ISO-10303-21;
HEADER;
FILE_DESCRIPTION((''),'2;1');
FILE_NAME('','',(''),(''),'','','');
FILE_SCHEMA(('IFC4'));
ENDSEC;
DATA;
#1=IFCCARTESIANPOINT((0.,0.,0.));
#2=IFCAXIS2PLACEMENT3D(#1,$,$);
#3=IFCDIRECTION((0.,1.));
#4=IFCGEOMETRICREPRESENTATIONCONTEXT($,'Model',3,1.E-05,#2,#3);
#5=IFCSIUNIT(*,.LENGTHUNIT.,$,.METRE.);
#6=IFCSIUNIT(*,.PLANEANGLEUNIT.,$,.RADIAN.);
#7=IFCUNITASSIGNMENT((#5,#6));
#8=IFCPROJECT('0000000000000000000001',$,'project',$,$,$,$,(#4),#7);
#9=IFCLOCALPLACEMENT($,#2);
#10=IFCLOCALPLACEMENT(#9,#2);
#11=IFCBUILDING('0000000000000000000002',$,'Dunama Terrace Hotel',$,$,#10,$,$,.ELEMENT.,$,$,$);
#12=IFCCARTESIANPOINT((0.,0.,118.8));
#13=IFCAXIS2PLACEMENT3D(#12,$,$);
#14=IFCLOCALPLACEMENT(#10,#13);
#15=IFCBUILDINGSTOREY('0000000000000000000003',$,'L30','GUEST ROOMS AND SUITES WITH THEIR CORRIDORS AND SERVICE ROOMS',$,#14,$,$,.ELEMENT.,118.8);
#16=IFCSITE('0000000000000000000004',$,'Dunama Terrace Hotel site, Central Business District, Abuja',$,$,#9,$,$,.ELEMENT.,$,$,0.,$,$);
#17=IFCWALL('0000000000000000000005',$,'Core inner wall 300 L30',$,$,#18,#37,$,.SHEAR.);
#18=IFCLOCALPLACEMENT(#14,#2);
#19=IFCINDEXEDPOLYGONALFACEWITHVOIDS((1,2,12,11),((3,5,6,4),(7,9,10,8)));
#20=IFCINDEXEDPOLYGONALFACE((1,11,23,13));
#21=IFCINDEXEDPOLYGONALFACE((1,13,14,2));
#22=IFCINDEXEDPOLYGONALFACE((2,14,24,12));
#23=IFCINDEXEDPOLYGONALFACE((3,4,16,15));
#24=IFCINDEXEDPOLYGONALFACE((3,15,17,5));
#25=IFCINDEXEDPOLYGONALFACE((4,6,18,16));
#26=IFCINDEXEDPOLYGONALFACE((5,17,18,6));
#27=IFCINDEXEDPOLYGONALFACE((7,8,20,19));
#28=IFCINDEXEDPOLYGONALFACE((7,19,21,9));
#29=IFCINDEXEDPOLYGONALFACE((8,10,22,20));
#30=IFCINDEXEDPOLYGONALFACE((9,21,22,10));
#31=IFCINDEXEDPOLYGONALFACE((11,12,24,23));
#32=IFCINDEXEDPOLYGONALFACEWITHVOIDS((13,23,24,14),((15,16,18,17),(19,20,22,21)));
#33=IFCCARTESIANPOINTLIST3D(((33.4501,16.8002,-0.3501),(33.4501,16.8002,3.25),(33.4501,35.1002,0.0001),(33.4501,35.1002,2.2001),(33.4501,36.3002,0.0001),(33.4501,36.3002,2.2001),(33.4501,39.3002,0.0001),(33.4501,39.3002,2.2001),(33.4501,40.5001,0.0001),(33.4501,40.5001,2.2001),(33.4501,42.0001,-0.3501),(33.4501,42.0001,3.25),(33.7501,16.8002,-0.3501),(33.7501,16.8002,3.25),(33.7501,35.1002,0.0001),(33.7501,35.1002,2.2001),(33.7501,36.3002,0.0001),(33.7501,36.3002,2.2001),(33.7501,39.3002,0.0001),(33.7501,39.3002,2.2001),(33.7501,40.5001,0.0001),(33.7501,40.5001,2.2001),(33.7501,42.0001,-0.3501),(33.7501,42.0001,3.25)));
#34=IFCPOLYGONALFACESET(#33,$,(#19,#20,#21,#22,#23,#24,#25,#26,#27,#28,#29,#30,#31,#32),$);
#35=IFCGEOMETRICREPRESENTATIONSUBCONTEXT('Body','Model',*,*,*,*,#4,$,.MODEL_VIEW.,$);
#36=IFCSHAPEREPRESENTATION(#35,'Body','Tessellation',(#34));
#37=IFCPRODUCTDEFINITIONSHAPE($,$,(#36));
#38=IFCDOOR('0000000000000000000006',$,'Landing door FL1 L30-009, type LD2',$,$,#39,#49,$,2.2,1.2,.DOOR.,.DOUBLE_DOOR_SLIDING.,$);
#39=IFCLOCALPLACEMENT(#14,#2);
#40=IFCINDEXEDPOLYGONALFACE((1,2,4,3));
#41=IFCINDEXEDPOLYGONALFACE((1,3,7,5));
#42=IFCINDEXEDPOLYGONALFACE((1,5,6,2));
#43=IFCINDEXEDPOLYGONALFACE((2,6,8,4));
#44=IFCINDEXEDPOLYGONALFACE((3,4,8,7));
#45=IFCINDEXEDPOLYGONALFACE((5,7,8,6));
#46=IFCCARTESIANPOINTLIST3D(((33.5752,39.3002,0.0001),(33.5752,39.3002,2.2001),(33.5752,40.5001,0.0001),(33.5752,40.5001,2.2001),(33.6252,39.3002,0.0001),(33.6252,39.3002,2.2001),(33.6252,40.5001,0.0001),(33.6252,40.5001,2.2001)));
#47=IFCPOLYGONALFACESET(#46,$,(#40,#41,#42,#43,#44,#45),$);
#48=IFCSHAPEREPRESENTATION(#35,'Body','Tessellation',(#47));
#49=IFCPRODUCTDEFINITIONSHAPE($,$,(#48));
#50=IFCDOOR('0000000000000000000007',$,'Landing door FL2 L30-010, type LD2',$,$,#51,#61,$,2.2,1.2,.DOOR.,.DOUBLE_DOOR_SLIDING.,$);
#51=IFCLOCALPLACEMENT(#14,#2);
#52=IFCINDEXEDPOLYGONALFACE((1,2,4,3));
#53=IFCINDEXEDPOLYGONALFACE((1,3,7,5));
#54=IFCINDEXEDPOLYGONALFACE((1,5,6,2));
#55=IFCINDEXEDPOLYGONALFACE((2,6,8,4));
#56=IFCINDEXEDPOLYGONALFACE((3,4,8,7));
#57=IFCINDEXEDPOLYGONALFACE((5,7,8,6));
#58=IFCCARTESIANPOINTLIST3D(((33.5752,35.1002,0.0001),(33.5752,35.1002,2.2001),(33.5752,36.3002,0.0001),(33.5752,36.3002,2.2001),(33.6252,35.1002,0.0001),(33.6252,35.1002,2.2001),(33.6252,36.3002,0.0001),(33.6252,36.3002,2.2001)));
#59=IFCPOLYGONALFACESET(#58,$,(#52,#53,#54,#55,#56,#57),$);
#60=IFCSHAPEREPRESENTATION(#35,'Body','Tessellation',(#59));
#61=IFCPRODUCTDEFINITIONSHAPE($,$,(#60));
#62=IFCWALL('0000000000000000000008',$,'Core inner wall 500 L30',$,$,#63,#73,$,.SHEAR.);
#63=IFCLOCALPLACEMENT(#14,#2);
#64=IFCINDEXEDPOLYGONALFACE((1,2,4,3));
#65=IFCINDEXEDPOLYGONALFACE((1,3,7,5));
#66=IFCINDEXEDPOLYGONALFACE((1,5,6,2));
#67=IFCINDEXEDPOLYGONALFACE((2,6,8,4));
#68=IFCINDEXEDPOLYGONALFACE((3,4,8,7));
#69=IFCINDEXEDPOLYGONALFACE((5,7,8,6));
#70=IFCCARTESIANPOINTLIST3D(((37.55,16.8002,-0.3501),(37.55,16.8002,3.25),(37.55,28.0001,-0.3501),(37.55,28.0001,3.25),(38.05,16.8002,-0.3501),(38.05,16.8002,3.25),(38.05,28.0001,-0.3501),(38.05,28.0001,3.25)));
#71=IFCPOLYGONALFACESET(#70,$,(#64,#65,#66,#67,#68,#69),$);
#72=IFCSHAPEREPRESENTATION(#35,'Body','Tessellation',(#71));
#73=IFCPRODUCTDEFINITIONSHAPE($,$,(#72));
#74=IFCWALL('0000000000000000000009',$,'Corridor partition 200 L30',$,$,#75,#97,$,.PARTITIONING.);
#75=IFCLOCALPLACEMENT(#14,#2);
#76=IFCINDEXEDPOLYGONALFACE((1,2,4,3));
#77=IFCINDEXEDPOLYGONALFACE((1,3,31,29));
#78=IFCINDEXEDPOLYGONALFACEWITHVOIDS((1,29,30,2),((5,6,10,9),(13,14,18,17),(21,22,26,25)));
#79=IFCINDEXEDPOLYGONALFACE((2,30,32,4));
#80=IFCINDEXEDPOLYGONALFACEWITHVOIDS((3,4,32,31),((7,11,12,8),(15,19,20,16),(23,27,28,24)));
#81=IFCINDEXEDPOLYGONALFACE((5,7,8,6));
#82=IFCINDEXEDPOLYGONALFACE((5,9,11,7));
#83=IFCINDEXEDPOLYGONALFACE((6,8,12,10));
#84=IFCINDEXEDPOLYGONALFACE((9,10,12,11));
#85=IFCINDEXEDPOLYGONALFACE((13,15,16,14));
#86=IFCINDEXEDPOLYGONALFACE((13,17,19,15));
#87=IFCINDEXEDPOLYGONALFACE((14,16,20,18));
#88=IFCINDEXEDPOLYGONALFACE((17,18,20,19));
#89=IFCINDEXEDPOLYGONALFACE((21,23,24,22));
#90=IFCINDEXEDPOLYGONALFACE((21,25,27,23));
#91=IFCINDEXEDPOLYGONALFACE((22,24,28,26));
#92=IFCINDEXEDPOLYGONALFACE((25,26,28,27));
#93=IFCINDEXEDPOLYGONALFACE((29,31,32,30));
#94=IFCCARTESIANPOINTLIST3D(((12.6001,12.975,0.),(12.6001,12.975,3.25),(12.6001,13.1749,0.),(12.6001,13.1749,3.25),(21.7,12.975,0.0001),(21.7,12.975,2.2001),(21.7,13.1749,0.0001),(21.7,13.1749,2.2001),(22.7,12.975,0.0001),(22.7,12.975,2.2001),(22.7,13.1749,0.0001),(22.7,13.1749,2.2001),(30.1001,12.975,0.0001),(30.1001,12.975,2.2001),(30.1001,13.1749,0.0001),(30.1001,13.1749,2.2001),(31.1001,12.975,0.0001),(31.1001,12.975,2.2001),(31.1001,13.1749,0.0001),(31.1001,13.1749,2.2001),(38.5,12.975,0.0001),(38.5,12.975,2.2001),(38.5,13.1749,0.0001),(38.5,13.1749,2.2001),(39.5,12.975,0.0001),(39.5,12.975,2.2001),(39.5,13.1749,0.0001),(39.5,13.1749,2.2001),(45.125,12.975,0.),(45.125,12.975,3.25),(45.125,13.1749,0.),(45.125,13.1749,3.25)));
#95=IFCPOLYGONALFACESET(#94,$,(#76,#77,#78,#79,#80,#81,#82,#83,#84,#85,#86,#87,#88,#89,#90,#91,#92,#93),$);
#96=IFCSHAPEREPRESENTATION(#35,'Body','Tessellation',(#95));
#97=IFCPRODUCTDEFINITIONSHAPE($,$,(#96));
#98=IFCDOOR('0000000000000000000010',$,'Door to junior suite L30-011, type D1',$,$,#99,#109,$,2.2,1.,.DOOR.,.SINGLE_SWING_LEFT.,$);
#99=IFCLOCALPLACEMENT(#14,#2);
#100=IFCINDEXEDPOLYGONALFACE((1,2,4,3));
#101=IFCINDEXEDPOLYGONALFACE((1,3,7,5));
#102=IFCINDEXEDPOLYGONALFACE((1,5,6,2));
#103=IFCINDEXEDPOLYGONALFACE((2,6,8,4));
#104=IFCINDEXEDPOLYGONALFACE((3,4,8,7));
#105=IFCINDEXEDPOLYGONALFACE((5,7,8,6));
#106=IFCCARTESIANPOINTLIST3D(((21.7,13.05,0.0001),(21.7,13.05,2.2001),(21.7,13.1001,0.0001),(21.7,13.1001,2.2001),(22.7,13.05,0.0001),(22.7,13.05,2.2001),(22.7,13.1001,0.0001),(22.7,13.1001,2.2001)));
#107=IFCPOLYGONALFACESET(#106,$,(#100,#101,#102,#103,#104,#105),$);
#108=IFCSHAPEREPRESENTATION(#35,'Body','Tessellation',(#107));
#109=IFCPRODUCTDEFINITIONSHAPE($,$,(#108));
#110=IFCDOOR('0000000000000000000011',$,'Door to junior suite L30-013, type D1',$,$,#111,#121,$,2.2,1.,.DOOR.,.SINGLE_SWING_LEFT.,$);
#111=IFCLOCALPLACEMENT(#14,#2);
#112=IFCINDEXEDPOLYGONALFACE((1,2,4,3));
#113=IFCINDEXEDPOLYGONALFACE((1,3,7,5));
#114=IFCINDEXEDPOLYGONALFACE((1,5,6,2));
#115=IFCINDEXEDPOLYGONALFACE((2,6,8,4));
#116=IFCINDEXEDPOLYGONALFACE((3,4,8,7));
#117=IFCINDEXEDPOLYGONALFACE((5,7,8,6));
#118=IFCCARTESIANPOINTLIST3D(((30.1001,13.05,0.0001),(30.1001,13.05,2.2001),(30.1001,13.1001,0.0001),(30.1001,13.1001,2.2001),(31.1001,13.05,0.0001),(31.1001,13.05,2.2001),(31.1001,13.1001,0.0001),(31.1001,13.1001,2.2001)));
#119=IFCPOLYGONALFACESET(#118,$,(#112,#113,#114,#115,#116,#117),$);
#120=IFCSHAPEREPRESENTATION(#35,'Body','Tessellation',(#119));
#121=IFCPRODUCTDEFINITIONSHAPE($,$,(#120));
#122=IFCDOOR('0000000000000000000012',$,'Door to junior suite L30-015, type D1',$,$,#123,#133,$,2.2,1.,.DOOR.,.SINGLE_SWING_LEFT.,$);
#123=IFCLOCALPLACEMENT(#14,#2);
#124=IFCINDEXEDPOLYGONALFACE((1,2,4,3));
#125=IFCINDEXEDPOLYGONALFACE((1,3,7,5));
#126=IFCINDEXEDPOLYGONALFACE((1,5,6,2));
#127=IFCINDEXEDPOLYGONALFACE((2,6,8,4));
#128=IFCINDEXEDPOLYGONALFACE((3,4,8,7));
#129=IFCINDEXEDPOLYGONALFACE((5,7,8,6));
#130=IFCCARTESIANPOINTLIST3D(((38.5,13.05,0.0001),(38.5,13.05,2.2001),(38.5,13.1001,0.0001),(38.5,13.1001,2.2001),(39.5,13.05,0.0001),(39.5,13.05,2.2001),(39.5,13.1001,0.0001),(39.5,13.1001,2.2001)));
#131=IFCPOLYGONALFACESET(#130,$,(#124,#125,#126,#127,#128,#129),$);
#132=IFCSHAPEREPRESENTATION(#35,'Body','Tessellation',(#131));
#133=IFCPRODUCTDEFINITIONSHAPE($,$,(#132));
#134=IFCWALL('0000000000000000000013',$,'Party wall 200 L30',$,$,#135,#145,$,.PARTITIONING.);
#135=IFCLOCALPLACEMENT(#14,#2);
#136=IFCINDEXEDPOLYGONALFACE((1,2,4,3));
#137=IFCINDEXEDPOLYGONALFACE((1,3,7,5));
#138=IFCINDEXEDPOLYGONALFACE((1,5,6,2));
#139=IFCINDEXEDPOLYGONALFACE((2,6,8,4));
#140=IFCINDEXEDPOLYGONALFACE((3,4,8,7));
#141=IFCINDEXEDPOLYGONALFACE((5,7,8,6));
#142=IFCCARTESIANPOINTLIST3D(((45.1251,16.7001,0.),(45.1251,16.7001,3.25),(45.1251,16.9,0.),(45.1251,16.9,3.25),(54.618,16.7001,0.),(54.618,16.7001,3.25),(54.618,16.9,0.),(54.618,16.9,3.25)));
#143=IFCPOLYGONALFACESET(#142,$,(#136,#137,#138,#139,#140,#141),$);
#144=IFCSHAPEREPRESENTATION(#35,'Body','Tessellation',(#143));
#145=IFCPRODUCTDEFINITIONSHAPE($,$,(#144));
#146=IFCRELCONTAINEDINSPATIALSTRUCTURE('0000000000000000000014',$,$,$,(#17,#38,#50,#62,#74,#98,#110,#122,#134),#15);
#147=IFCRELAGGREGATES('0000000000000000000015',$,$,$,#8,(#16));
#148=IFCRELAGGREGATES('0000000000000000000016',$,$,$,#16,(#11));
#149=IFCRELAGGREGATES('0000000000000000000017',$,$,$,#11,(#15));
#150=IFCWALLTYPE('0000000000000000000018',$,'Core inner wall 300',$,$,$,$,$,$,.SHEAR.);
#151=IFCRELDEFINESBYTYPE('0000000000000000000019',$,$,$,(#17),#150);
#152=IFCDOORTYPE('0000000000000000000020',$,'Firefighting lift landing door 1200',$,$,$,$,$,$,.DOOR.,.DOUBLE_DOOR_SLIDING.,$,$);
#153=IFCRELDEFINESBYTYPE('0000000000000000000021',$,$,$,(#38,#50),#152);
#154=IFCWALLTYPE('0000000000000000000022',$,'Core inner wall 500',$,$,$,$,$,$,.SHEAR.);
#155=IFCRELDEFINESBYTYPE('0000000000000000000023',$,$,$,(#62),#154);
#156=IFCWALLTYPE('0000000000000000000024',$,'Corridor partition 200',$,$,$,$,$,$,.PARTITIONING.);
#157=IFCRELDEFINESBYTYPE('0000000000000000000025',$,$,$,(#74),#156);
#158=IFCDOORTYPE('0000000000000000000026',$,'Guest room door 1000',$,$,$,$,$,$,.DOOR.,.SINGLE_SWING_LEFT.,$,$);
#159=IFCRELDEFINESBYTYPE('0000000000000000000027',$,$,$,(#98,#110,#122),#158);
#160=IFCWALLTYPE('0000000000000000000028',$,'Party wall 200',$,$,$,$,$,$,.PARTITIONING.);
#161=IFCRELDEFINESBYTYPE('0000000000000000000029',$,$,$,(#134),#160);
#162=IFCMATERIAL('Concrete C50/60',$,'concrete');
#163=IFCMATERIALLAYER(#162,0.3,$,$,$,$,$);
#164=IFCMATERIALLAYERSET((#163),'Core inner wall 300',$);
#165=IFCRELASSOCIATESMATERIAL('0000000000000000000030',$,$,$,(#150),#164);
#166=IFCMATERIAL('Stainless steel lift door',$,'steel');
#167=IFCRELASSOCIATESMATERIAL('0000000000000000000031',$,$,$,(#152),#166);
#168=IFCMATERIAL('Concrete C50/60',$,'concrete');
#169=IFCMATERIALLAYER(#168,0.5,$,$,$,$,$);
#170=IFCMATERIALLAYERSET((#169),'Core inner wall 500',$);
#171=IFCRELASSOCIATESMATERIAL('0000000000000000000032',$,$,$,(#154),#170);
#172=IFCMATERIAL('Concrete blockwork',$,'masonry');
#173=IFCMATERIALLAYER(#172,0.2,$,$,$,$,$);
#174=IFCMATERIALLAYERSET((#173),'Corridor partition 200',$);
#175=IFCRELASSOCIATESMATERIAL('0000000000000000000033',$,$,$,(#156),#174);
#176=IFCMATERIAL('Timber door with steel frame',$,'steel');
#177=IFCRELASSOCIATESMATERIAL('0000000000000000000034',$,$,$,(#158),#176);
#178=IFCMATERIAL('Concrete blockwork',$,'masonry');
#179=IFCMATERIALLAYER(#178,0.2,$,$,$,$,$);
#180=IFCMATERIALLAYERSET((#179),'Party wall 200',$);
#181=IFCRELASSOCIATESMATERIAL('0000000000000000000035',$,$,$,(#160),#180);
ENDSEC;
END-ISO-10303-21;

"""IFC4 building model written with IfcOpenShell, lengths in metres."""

from ifc_helpers import new_model, si_unit, direction, frame, frame_2d, origin, place, context, subcontext, project, spatial, rectangle, extrude, material, layer, layer_set, type_object, element, fill, save


model = new_model("IFC4")

# Units and contexts
model_context = context("Model", 3, precision=1e-05, world=origin(), true_north=direction((0.0, 1.0)))
body_context = subcontext(model_context, "Body", "Model", "MODEL_VIEW")
ifc_project = project(units=[si_unit("LENGTHUNIT", "METRE"), si_unit("PLANEANGLEUNIT", "RADIAN")], contexts=[model_context])

# Site, building, storey
site_placement = place(None, origin())
site = spatial("IfcSite", under=ifc_project, at=site_placement, Name="Dunama Terrace Hotel site, Central Business District, Abuja", CompositionType="ELEMENT", RefElevation=0.0)
building_placement = place(site_placement, origin())
building = spatial("IfcBuilding", under=site, at=building_placement, Name="Dunama Terrace Hotel", CompositionType="ELEMENT")
storey_placement = place(building_placement, frame((0.0, 0.0, 118.8)))
storey = spatial("IfcBuildingStorey", under=building, at=storey_placement, Name="L30", Description="GUEST ROOMS AND SUITES WITH THEIR CORRIDORS AND SERVICE ROOMS", CompositionType="ELEMENT", Elevation=118.8)

# Wall, openings, doors
ifc_material_1 = material(Name="Concrete C50/60", Category="concrete")
ifc_layer_1 = layer(ifc_material_1, 0.3)
ifc_layer_set_1 = layer_set([ifc_layer_1], Name="Core inner wall 300")
wall_type_1 = type_object("IfcWallType", Name="Core inner wall 300", PredefinedType="SHEAR", material=ifc_layer_set_1)
wall_1_placement = place(storey_placement, frame((33.6001, 16.8, -0.3501), z_axis=(0.0, 0.0, 1.0), x_axis=(0.0, 1.0, 0.0)))
wall_1 = element("IfcWall", 1, at=wall_1_placement, inside=storey, type_object=wall_type_1, Name="Core inner wall 300 L30", PredefinedType="SHEAR", context=body_context, shape_type="SweptSolid", body=[
    extrude(rectangle(XDim=25.2, YDim=0.3, at=frame_2d((12.6001, 0.0))), origin(), (0.0, 0.0, 1.0), 3.6001),
])
opening_1_placement = place(wall_1_placement, frame((22.5, 0.0, 0.3501)))
opening_1 = element("IfcOpeningElement", 2, at=opening_1_placement, cuts=wall_1, PredefinedType="OPENING", context=body_context, shape_type="SweptSolid", body=[
    extrude(rectangle(XDim=1.2, YDim=2.2, at=frame_2d((0.6001, 1.1001))), frame((0.0, 0.1599, 0.0), z_axis=(0.0, -1.0, 0.0), x_axis=(1.0, 0.0, 0.0)), (0.0, 0.0, 1.0), 0.3201),
])
opening_2_placement = place(wall_1_placement, frame((18.3, 0.0, 0.3501)))
opening_2 = element("IfcOpeningElement", 3, at=opening_2_placement, cuts=wall_1, PredefinedType="OPENING", context=body_context, shape_type="SweptSolid", body=[
    extrude(rectangle(XDim=1.2, YDim=2.2, at=frame_2d((0.6001, 1.1001))), frame((0.0, 0.1599, 0.0), z_axis=(0.0, -1.0, 0.0), x_axis=(1.0, 0.0, 0.0)), (0.0, 0.0, 1.0), 0.3201),
])
ifc_material_2 = material(Name="Stainless steel lift door", Category="steel")
door_type_1 = type_object("IfcDoorType", Name="Firefighting lift landing door 1200", OperationType="DOUBLE_DOOR_SLIDING", PredefinedType="DOOR", material=ifc_material_2)
door_1_placement = place(opening_1_placement, origin())
door_1 = element("IfcDoor", 4, at=door_1_placement, inside=storey, type_object=door_type_1, Name="Landing door FL1 L30-009, type LD2", OperationType="DOUBLE_DOOR_SLIDING", OverallHeight=2.2, OverallWidth=1.2, PredefinedType="DOOR", context=body_context, shape_type="SweptSolid", body=[
    extrude(rectangle(XDim=1.2, YDim=2.2, at=frame_2d((0.6001, 1.1001))), frame((0.0, 0.0249, 0.0), z_axis=(0.0, -1.0, 0.0), x_axis=(1.0, 0.0, 0.0)), (0.0, 0.0, 1.0), 0.05),
])
fill(opening_1, door_1)
door_2_placement = place(opening_2_placement, origin())
door_2 = element("IfcDoor", 5, at=door_2_placement, inside=storey, type_object=door_type_1, Name="Landing door FL2 L30-010, type LD2", OperationType="DOUBLE_DOOR_SLIDING", OverallHeight=2.2, OverallWidth=1.2, PredefinedType="DOOR", context=body_context, shape_type="SweptSolid", body=[
    extrude(rectangle(XDim=1.2, YDim=2.2, at=frame_2d((0.6001, 1.1001))), frame((0.0, 0.0249, 0.0), z_axis=(0.0, -1.0, 0.0), x_axis=(1.0, 0.0, 0.0)), (0.0, 0.0, 1.0), 0.05),
])
fill(opening_2, door_2)

# Wall
ifc_material_3 = material(Name="Concrete C50/60", Category="concrete")
ifc_layer_2 = layer(ifc_material_3, 0.5)
ifc_layer_set_2 = layer_set([ifc_layer_2], Name="Core inner wall 500")
wall_type_2 = type_object("IfcWallType", Name="Core inner wall 500", PredefinedType="SHEAR", material=ifc_layer_set_2)
wall_2_placement = place(storey_placement, frame((37.8, 16.8, -0.3501), z_axis=(0.0, 0.0, 1.0), x_axis=(0.0, 1.0, 0.0)))
element("IfcWall", 6, at=wall_2_placement, inside=storey, type_object=wall_type_2, Name="Core inner wall 500 L30", PredefinedType="SHEAR", context=body_context, shape_type="SweptSolid", body=[
    extrude(rectangle(XDim=11.2, YDim=0.5, at=frame_2d((5.6001, 0.0))), origin(), (0.0, 0.0, 1.0), 3.6001),
])

# Wall, openings, doors
ifc_material_4 = material(Name="Concrete blockwork", Category="masonry")
ifc_layer_3 = layer(ifc_material_4, 0.2)
ifc_layer_set_3 = layer_set([ifc_layer_3], Name="Corridor partition 200")
wall_type_3 = type_object("IfcWallType", Name="Corridor partition 200", PredefinedType="PARTITIONING", material=ifc_layer_set_3)
wall_3_placement = place(storey_placement, frame((45.125, 13.075, 0.0), z_axis=(0.0, 0.0, 1.0), x_axis=(-1.0, 0.0, 0.0)))
wall_3 = element("IfcWall", 7, at=wall_3_placement, inside=storey, type_object=wall_type_3, Name="Corridor partition 200 L30", PredefinedType="PARTITIONING", context=body_context, shape_type="SweptSolid", body=[
    extrude(rectangle(XDim=32.5249, YDim=0.2, at=frame_2d((16.2625, 0.0))), origin(), (0.0, 0.0, 1.0), 3.25),
])
opening_3_placement = place(wall_3_placement, frame((22.425, 0.0, 0.0)))
opening_3 = element("IfcOpeningElement", 8, at=opening_3_placement, cuts=wall_3, PredefinedType="OPENING", context=body_context, shape_type="SweptSolid", body=[
    extrude(rectangle(XDim=1.0, YDim=2.2, at=frame_2d((0.5, 1.1001))), frame((0.0, 0.1099, 0.0), z_axis=(0.0, -1.0, 0.0), x_axis=(1.0, 0.0, 0.0)), (0.0, 0.0, 1.0), 0.22),
])
opening_4_placement = place(wall_3_placement, frame((14.0249, 0.0, 0.0)))
opening_4 = element("IfcOpeningElement", 9, at=opening_4_placement, cuts=wall_3, PredefinedType="OPENING", context=body_context, shape_type="SweptSolid", body=[
    extrude(rectangle(XDim=1.0, YDim=2.2, at=frame_2d((0.5, 1.1001))), frame((0.0, 0.1099, 0.0), z_axis=(0.0, -1.0, 0.0), x_axis=(1.0, 0.0, 0.0)), (0.0, 0.0, 1.0), 0.22),
])
opening_5_placement = place(wall_3_placement, frame((5.625, 0.0, 0.0)))
opening_5 = element("IfcOpeningElement", 10, at=opening_5_placement, cuts=wall_3, PredefinedType="OPENING", context=body_context, shape_type="SweptSolid", body=[
    extrude(rectangle(XDim=1.0, YDim=2.2, at=frame_2d((0.5, 1.1001))), frame((0.0, 0.1099, 0.0), z_axis=(0.0, -1.0, 0.0), x_axis=(1.0, 0.0, 0.0)), (0.0, 0.0, 1.0), 0.22),
])
ifc_material_5 = material(Name="Timber door with steel frame", Category="steel")
door_type_2 = type_object("IfcDoorType", Name="Guest room door 1000", OperationType="SINGLE_SWING_LEFT", PredefinedType="DOOR", material=ifc_material_5)
door_3_placement = place(opening_3_placement, origin())
door_3 = element("IfcDoor", 11, at=door_3_placement, inside=storey, type_object=door_type_2, Name="Door to junior suite L30-011, type D1", OperationType="SINGLE_SWING_LEFT", OverallHeight=2.2, OverallWidth=1.0, PredefinedType="DOOR", context=body_context, shape_type="SweptSolid", body=[
    extrude(rectangle(XDim=1.0, YDim=2.2, at=frame_2d((0.5, 1.1001))), frame((0.0, 0.0249, 0.0), z_axis=(0.0, -1.0, 0.0), x_axis=(1.0, 0.0, 0.0)), (0.0, 0.0, 1.0), 0.05),
])
fill(opening_3, door_3)
door_4_placement = place(opening_4_placement, origin())
door_4 = element("IfcDoor", 12, at=door_4_placement, inside=storey, type_object=door_type_2, Name="Door to junior suite L30-013, type D1", OperationType="SINGLE_SWING_LEFT", OverallHeight=2.2, OverallWidth=1.0, PredefinedType="DOOR", context=body_context, shape_type="SweptSolid", body=[
    extrude(rectangle(XDim=1.0, YDim=2.2, at=frame_2d((0.5, 1.1001))), frame((0.0, 0.0249, 0.0), z_axis=(0.0, -1.0, 0.0), x_axis=(1.0, 0.0, 0.0)), (0.0, 0.0, 1.0), 0.05),
])
fill(opening_4, door_4)
door_5_placement = place(opening_5_placement, origin())
door_5 = element("IfcDoor", 13, at=door_5_placement, inside=storey, type_object=door_type_2, Name="Door to junior suite L30-015, type D1", OperationType="SINGLE_SWING_LEFT", OverallHeight=2.2, OverallWidth=1.0, PredefinedType="DOOR", context=body_context, shape_type="SweptSolid", body=[
    extrude(rectangle(XDim=1.0, YDim=2.2, at=frame_2d((0.5, 1.1001))), frame((0.0, 0.0249, 0.0), z_axis=(0.0, -1.0, 0.0), x_axis=(1.0, 0.0, 0.0)), (0.0, 0.0, 1.0), 0.05),
])
fill(opening_5, door_5)

# Wall
ifc_material_6 = material(Name="Concrete blockwork", Category="masonry")
ifc_layer_4 = layer(ifc_material_6, 0.2)
ifc_layer_set_4 = layer_set([ifc_layer_4], Name="Party wall 200")
wall_type_4 = type_object("IfcWallType", Name="Party wall 200", PredefinedType="PARTITIONING", material=ifc_layer_set_4)
wall_4_placement = place(storey_placement, frame((45.125, 16.8, 0.0), z_axis=(0.0, 0.0, 1.0), x_axis=(1.0, 0.0, 0.0)))
element("IfcWall", 14, at=wall_4_placement, inside=storey, type_object=wall_type_4, Name="Party wall 200 L30", PredefinedType="PARTITIONING", context=body_context, shape_type="SweptSolid", body=[
    extrude(rectangle(XDim=9.4929, YDim=0.2, at=frame_2d((4.7466, 0.0))), origin(), (0.0, 0.0, 1.0), 3.25),
])

save(model, "model.ifc")
